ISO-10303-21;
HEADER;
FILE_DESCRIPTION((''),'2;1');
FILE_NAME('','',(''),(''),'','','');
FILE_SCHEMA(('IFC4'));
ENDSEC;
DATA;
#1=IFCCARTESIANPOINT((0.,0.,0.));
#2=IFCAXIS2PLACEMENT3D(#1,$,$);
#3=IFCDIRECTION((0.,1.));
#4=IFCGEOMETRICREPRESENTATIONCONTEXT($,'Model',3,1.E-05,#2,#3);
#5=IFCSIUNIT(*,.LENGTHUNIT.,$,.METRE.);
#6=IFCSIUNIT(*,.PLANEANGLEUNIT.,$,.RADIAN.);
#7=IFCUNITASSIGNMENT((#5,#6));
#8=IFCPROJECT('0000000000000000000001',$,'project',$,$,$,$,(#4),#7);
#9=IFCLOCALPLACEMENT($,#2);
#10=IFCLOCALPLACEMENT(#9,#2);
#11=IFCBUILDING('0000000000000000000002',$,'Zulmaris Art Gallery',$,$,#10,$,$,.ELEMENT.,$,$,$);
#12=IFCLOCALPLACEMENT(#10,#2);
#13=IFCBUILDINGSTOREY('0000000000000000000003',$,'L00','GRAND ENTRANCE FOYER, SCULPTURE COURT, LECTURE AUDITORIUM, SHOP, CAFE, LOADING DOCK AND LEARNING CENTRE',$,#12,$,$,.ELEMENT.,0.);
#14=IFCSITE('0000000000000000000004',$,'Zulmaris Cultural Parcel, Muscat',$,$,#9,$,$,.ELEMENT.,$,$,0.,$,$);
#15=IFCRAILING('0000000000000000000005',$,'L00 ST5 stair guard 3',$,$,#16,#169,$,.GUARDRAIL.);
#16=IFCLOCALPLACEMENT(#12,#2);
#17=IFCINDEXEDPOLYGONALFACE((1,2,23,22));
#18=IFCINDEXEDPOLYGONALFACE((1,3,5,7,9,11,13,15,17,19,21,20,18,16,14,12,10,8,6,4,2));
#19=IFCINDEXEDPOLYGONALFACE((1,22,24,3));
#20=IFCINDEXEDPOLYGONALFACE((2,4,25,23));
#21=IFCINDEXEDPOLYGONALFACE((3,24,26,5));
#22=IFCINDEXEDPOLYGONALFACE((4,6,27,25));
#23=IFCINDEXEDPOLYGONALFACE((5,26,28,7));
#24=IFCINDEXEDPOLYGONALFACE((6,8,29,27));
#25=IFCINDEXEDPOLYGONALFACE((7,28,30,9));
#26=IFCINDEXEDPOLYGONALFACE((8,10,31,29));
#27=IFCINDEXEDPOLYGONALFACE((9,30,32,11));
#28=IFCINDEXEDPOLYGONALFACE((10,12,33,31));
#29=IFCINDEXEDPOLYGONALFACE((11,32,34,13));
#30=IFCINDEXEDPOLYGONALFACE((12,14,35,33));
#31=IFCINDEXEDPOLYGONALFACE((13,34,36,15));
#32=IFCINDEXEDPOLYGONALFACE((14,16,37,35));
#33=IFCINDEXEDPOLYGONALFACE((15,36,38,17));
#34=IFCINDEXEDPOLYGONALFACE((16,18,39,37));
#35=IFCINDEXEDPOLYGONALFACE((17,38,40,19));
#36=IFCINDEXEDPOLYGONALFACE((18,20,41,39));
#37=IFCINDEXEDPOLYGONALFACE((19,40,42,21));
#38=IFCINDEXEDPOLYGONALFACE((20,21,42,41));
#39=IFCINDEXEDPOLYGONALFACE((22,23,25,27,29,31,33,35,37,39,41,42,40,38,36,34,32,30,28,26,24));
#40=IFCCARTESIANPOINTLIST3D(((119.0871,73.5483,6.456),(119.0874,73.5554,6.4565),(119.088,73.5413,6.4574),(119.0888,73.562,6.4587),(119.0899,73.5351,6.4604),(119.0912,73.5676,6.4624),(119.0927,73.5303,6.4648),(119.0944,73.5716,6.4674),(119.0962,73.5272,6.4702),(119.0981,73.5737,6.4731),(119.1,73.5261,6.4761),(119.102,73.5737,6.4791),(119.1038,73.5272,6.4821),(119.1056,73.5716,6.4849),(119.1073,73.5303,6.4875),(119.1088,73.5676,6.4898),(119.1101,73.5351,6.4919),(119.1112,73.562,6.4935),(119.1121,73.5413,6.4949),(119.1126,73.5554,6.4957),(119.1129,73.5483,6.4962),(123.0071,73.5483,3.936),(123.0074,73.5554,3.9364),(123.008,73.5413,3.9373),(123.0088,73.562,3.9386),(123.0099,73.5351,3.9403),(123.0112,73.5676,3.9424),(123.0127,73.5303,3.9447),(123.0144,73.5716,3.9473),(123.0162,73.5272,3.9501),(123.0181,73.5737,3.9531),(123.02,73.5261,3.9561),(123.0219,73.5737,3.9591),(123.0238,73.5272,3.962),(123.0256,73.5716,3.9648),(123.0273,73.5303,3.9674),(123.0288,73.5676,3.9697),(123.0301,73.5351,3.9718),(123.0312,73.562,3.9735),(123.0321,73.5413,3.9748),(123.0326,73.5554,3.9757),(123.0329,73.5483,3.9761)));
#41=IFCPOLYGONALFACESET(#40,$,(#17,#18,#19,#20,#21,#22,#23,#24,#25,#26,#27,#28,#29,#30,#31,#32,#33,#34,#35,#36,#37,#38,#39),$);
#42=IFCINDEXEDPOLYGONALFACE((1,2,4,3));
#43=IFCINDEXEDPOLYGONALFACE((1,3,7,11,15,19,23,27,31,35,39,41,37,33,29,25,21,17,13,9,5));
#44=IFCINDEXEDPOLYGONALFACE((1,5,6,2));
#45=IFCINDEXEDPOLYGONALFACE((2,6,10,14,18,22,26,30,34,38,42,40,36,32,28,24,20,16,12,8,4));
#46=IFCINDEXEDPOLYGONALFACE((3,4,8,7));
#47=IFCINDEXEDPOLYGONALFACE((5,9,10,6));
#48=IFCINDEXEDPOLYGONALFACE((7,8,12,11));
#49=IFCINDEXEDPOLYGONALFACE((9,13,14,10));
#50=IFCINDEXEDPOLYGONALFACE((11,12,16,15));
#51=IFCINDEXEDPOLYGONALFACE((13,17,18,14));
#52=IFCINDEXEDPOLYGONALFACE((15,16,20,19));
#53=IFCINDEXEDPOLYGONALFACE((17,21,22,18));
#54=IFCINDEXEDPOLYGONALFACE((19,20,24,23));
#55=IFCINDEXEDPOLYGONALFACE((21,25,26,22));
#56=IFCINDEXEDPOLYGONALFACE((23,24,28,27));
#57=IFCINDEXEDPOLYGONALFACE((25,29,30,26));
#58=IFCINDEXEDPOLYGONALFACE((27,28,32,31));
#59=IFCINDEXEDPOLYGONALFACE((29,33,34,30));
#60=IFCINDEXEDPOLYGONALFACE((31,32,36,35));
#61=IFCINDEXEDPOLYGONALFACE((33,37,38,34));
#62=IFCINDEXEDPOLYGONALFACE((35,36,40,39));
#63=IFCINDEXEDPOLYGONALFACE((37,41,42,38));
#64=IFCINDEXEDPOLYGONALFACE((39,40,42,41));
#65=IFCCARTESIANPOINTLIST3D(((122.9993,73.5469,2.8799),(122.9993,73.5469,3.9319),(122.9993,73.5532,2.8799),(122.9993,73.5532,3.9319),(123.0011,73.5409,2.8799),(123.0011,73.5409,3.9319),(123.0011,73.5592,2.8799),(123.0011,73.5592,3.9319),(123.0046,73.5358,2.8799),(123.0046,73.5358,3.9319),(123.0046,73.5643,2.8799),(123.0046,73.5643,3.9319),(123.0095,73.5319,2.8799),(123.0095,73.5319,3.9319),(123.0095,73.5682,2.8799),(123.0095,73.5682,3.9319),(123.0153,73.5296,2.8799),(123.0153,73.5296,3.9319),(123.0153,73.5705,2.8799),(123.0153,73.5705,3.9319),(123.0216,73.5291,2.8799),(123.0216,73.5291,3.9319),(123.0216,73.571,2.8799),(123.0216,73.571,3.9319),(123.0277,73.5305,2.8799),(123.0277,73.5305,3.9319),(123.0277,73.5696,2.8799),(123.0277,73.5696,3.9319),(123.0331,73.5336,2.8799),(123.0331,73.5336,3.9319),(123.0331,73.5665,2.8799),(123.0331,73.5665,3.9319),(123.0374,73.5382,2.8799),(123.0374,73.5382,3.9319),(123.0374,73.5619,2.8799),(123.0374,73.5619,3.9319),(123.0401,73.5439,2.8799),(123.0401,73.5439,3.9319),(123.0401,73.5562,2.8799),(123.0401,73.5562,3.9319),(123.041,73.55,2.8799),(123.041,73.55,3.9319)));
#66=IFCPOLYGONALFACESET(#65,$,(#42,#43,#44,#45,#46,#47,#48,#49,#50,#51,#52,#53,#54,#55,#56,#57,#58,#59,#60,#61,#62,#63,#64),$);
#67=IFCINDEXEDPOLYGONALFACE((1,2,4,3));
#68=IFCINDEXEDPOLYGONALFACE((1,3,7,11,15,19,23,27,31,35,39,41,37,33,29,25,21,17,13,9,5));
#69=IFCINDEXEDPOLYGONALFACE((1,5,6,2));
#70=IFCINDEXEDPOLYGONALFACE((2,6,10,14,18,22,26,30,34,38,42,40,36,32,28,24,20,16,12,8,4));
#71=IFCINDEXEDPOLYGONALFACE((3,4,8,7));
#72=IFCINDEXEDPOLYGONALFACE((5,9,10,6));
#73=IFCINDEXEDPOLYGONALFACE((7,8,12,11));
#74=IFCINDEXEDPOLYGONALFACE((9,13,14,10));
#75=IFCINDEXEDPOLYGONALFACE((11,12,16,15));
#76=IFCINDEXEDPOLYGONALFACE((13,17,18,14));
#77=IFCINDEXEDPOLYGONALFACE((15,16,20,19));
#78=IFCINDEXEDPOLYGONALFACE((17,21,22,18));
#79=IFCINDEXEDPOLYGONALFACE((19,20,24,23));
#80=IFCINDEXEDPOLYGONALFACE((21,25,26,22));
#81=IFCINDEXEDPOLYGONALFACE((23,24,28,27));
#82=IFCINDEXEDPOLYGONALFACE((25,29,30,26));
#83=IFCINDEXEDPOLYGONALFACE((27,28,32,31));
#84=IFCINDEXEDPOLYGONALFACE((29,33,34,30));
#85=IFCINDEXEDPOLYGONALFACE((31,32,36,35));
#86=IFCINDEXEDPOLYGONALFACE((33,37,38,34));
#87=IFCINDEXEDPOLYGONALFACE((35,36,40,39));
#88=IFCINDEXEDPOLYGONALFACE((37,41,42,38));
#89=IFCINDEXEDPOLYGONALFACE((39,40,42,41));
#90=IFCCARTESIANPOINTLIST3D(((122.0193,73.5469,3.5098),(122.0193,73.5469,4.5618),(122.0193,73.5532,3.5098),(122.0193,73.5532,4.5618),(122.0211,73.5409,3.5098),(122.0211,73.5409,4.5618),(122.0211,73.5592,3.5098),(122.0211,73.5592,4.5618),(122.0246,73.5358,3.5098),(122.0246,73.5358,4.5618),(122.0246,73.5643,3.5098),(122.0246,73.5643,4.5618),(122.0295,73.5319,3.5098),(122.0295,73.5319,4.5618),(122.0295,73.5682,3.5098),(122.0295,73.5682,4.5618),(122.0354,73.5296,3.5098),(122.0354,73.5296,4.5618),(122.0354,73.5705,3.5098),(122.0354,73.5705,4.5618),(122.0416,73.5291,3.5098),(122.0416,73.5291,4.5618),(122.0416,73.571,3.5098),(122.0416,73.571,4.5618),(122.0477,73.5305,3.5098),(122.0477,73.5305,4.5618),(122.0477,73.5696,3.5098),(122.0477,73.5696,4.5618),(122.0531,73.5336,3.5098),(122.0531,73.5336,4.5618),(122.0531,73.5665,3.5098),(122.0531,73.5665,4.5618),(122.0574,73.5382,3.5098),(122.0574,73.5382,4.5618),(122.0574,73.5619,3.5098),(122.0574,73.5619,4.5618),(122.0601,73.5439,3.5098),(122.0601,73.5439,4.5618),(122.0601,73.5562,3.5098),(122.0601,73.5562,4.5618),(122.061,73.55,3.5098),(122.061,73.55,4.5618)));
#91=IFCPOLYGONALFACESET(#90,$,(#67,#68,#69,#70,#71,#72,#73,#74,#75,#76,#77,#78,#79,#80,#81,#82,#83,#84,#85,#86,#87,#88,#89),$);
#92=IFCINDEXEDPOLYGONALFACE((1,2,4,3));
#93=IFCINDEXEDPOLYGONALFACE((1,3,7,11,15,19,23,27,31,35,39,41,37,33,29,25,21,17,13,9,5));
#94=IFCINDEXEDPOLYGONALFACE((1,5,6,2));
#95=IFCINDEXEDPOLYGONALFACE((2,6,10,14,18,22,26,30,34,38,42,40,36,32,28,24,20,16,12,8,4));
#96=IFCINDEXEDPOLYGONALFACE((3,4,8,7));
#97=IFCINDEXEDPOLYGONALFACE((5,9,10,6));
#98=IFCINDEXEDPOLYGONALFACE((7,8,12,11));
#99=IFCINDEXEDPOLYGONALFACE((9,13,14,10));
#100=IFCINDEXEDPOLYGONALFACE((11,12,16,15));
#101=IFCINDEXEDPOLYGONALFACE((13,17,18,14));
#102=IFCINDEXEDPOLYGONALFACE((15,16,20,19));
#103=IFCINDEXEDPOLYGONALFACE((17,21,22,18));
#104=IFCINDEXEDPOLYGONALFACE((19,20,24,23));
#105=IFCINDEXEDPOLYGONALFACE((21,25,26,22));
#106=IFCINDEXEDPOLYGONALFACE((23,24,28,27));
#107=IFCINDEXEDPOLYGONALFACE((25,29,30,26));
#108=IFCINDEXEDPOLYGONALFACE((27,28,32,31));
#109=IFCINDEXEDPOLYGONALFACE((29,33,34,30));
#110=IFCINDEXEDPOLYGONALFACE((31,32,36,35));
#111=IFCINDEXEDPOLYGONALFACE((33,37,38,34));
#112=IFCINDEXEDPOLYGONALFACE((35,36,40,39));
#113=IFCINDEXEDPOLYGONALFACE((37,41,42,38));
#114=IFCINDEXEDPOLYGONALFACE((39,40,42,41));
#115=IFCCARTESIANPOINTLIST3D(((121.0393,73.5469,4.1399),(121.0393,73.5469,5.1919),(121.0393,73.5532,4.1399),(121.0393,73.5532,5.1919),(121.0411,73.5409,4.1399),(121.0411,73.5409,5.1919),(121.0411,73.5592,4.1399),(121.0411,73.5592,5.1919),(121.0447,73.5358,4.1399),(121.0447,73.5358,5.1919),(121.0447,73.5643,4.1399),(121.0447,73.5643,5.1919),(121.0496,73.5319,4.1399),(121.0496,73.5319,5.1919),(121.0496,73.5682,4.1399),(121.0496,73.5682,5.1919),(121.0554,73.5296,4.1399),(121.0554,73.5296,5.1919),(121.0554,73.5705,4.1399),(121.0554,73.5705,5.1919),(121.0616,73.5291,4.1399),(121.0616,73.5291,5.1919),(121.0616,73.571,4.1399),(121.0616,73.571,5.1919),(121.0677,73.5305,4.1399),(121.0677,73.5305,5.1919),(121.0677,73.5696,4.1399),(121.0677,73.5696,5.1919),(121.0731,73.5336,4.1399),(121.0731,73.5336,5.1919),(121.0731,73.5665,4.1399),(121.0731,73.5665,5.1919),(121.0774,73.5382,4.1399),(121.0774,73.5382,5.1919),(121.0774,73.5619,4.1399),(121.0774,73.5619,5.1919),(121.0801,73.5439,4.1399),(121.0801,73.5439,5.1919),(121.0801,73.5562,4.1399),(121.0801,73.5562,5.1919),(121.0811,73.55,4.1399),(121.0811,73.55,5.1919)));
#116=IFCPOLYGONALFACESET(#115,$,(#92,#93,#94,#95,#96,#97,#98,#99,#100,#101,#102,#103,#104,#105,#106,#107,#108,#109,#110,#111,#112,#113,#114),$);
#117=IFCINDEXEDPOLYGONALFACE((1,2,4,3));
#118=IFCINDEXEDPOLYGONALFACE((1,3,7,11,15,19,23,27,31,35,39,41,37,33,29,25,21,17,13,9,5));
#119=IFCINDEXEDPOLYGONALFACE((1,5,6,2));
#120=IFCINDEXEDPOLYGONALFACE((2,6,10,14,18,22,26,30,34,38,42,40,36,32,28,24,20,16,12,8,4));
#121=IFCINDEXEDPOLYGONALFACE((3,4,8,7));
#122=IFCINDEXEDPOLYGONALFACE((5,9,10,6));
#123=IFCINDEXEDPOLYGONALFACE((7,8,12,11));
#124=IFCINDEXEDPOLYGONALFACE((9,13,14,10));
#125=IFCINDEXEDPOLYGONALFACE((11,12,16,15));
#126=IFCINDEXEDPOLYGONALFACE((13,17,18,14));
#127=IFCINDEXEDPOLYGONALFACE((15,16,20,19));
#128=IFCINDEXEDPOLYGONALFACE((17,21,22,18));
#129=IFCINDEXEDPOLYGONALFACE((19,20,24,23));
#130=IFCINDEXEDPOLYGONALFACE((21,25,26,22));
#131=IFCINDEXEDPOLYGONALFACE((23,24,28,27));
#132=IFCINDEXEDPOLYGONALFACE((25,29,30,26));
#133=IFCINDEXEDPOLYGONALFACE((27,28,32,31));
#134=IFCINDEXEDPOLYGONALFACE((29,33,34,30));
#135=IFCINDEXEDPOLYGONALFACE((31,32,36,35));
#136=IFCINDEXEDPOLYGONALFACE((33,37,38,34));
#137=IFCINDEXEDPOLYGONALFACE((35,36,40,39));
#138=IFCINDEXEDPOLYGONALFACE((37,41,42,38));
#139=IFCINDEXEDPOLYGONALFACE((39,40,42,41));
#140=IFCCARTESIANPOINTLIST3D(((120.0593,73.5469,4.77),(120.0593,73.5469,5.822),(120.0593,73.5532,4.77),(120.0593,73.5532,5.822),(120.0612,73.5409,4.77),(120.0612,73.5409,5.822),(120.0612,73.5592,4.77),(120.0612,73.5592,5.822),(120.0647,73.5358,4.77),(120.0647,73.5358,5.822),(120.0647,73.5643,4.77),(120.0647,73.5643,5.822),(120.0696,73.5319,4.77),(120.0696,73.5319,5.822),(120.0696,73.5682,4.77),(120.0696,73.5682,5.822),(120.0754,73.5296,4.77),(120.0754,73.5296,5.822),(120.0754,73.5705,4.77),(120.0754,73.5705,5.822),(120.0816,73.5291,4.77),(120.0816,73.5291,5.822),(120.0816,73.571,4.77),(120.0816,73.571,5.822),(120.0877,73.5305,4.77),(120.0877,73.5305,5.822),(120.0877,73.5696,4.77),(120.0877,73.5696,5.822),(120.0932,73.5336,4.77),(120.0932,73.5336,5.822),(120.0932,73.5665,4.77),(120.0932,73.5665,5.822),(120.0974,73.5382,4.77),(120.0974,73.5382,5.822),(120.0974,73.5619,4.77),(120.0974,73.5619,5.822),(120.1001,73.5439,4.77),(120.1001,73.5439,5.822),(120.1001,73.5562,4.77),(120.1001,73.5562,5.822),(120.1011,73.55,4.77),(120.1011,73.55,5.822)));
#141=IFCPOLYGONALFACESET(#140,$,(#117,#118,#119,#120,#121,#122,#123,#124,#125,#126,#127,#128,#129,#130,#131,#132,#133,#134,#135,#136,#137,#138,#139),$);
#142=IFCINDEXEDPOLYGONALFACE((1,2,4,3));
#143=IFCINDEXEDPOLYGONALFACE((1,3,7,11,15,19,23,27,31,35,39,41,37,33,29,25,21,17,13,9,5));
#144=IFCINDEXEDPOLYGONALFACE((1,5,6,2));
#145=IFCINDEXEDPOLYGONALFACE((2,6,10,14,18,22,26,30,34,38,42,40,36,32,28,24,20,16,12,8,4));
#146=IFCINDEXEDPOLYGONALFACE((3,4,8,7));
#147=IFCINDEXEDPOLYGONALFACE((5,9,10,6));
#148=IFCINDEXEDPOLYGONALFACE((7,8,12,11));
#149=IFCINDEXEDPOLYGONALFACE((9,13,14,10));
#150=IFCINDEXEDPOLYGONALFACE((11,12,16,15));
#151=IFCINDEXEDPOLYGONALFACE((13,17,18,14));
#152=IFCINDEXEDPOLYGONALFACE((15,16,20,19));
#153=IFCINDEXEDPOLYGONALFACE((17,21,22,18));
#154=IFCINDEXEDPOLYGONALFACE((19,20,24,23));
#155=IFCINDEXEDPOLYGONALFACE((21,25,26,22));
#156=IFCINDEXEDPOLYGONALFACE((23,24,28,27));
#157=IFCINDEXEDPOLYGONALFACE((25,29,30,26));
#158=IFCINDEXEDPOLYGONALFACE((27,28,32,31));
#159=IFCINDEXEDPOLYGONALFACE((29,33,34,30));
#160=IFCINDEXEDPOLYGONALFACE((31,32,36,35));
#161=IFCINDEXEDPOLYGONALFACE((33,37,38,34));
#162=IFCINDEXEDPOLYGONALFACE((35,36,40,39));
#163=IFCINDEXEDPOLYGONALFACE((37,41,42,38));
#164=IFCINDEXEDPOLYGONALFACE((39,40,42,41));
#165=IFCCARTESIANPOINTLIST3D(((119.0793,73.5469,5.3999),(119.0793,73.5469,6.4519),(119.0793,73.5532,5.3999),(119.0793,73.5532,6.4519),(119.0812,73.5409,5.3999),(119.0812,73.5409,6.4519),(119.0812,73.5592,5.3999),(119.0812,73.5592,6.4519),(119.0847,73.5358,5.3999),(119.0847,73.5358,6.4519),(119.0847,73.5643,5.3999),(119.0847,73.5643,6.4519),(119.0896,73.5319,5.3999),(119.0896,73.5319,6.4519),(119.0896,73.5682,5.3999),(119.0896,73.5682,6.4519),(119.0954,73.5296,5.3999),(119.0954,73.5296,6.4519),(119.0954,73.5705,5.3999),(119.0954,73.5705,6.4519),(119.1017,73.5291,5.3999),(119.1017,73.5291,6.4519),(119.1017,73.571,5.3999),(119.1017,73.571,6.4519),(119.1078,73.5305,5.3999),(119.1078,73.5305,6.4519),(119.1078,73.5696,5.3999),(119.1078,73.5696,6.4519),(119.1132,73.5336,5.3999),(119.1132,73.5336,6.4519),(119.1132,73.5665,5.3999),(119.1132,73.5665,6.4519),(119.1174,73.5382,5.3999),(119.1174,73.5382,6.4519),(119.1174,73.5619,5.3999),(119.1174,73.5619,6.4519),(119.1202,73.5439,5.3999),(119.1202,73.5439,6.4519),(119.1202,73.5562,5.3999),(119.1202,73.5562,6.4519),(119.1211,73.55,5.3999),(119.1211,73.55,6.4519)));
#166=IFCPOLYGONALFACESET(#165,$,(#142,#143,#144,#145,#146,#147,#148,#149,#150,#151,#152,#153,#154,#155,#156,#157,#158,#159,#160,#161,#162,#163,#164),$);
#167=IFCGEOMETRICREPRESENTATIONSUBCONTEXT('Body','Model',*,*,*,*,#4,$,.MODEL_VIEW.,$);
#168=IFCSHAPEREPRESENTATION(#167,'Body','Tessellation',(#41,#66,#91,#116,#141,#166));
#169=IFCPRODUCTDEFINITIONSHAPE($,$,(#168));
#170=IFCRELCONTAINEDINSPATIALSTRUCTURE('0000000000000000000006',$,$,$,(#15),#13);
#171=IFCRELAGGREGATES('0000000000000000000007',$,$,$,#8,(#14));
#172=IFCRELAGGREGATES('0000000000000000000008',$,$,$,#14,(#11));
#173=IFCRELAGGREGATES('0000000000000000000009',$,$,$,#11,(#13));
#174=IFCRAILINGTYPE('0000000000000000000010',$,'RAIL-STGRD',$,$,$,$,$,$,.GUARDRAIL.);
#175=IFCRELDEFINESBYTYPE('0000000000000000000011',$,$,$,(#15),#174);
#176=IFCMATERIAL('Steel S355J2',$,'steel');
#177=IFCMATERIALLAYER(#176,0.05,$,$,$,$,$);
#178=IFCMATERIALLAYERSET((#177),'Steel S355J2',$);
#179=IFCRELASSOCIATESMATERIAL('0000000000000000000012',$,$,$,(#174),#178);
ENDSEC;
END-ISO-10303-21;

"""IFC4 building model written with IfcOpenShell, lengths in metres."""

from ifc_helpers import new_model, si_unit, direction, frame, origin, origin_2d, place, context, subcontext, project, spatial, circle, extrude, material, layer, layer_set, type_object, element, save


model = new_model("IFC4")

# Units and contexts
model_context = context("Model", 3, precision=1e-05, world=origin(), true_north=direction((0.0, 1.0)))
body_context = subcontext(model_context, "Body", "Model", "MODEL_VIEW")
ifc_project = project(units=[si_unit("LENGTHUNIT", "METRE"), si_unit("PLANEANGLEUNIT", "RADIAN")], contexts=[model_context])

# Site, building, storey
site_placement = place(None, origin())
site = spatial("IfcSite", under=ifc_project, at=site_placement, Name="Zulmaris Cultural Parcel, Muscat", CompositionType="ELEMENT", RefElevation=0.0)
building_placement = place(site_placement, origin())
building = spatial("IfcBuilding", under=site, at=building_placement, Name="Zulmaris Art Gallery", CompositionType="ELEMENT")
storey_placement = place(building_placement, origin())
storey = spatial("IfcBuildingStorey", under=building, at=storey_placement, Name="L00", Description="GRAND ENTRANCE FOYER, SCULPTURE COURT, LECTURE AUDITORIUM, SHOP, CAFE, LOADING DOCK AND LEARNING CENTRE", CompositionType="ELEMENT", Elevation=0.0)

# Railing
ifc_material_1 = material(Name="Steel S355J2", Category="steel")
ifc_layer_1 = layer(ifc_material_1, 0.05)
ifc_layer_set_1 = layer_set([ifc_layer_1], Name="Steel S355J2")
railing_type_1 = type_object("IfcRailingType", Name="RAIL-STGRD", PredefinedType="GUARDRAIL", material=ifc_layer_set_1)
railing_1_placement = place(storey_placement, frame((123.02, 73.55, 2.8799)))
element("IfcRailing", 1, at=railing_1_placement, inside=storey, type_object=railing_type_1, Name="L00 ST5 stair guard 3", PredefinedType="GUARDRAIL", context=body_context, shape_type="SweptSolid", body=[
    extrude(circle(Radius=0.0239, at=origin_2d()), frame((0.0, 0.0, 1.0762), z_axis=(-0.841172, 0.0, 0.540768), x_axis=(0.0, -1.0, 0.0)), (0.0, 0.0, 1.0), 4.6602),
    extrude(circle(Radius=0.021, at=origin_2d()), origin(), (0.0, 0.0, 1.0), 1.052),
    extrude(circle(Radius=0.021, at=origin_2d()), frame((-0.98, 0.0, 0.6299)), (0.0, 0.0, 1.0), 1.052),
    extrude(circle(Radius=0.021, at=origin_2d()), frame((-1.96, 0.0, 1.26)), (0.0, 0.0, 1.0), 1.052),
    extrude(circle(Radius=0.021, at=origin_2d()), frame((-2.9399, 0.0, 1.8901)), (0.0, 0.0, 1.0), 1.052),
    extrude(circle(Radius=0.021, at=origin_2d()), frame((-3.9199, 0.0, 2.52)), (0.0, 0.0, 1.0), 1.052),
])

save(model, "model.ifc")
